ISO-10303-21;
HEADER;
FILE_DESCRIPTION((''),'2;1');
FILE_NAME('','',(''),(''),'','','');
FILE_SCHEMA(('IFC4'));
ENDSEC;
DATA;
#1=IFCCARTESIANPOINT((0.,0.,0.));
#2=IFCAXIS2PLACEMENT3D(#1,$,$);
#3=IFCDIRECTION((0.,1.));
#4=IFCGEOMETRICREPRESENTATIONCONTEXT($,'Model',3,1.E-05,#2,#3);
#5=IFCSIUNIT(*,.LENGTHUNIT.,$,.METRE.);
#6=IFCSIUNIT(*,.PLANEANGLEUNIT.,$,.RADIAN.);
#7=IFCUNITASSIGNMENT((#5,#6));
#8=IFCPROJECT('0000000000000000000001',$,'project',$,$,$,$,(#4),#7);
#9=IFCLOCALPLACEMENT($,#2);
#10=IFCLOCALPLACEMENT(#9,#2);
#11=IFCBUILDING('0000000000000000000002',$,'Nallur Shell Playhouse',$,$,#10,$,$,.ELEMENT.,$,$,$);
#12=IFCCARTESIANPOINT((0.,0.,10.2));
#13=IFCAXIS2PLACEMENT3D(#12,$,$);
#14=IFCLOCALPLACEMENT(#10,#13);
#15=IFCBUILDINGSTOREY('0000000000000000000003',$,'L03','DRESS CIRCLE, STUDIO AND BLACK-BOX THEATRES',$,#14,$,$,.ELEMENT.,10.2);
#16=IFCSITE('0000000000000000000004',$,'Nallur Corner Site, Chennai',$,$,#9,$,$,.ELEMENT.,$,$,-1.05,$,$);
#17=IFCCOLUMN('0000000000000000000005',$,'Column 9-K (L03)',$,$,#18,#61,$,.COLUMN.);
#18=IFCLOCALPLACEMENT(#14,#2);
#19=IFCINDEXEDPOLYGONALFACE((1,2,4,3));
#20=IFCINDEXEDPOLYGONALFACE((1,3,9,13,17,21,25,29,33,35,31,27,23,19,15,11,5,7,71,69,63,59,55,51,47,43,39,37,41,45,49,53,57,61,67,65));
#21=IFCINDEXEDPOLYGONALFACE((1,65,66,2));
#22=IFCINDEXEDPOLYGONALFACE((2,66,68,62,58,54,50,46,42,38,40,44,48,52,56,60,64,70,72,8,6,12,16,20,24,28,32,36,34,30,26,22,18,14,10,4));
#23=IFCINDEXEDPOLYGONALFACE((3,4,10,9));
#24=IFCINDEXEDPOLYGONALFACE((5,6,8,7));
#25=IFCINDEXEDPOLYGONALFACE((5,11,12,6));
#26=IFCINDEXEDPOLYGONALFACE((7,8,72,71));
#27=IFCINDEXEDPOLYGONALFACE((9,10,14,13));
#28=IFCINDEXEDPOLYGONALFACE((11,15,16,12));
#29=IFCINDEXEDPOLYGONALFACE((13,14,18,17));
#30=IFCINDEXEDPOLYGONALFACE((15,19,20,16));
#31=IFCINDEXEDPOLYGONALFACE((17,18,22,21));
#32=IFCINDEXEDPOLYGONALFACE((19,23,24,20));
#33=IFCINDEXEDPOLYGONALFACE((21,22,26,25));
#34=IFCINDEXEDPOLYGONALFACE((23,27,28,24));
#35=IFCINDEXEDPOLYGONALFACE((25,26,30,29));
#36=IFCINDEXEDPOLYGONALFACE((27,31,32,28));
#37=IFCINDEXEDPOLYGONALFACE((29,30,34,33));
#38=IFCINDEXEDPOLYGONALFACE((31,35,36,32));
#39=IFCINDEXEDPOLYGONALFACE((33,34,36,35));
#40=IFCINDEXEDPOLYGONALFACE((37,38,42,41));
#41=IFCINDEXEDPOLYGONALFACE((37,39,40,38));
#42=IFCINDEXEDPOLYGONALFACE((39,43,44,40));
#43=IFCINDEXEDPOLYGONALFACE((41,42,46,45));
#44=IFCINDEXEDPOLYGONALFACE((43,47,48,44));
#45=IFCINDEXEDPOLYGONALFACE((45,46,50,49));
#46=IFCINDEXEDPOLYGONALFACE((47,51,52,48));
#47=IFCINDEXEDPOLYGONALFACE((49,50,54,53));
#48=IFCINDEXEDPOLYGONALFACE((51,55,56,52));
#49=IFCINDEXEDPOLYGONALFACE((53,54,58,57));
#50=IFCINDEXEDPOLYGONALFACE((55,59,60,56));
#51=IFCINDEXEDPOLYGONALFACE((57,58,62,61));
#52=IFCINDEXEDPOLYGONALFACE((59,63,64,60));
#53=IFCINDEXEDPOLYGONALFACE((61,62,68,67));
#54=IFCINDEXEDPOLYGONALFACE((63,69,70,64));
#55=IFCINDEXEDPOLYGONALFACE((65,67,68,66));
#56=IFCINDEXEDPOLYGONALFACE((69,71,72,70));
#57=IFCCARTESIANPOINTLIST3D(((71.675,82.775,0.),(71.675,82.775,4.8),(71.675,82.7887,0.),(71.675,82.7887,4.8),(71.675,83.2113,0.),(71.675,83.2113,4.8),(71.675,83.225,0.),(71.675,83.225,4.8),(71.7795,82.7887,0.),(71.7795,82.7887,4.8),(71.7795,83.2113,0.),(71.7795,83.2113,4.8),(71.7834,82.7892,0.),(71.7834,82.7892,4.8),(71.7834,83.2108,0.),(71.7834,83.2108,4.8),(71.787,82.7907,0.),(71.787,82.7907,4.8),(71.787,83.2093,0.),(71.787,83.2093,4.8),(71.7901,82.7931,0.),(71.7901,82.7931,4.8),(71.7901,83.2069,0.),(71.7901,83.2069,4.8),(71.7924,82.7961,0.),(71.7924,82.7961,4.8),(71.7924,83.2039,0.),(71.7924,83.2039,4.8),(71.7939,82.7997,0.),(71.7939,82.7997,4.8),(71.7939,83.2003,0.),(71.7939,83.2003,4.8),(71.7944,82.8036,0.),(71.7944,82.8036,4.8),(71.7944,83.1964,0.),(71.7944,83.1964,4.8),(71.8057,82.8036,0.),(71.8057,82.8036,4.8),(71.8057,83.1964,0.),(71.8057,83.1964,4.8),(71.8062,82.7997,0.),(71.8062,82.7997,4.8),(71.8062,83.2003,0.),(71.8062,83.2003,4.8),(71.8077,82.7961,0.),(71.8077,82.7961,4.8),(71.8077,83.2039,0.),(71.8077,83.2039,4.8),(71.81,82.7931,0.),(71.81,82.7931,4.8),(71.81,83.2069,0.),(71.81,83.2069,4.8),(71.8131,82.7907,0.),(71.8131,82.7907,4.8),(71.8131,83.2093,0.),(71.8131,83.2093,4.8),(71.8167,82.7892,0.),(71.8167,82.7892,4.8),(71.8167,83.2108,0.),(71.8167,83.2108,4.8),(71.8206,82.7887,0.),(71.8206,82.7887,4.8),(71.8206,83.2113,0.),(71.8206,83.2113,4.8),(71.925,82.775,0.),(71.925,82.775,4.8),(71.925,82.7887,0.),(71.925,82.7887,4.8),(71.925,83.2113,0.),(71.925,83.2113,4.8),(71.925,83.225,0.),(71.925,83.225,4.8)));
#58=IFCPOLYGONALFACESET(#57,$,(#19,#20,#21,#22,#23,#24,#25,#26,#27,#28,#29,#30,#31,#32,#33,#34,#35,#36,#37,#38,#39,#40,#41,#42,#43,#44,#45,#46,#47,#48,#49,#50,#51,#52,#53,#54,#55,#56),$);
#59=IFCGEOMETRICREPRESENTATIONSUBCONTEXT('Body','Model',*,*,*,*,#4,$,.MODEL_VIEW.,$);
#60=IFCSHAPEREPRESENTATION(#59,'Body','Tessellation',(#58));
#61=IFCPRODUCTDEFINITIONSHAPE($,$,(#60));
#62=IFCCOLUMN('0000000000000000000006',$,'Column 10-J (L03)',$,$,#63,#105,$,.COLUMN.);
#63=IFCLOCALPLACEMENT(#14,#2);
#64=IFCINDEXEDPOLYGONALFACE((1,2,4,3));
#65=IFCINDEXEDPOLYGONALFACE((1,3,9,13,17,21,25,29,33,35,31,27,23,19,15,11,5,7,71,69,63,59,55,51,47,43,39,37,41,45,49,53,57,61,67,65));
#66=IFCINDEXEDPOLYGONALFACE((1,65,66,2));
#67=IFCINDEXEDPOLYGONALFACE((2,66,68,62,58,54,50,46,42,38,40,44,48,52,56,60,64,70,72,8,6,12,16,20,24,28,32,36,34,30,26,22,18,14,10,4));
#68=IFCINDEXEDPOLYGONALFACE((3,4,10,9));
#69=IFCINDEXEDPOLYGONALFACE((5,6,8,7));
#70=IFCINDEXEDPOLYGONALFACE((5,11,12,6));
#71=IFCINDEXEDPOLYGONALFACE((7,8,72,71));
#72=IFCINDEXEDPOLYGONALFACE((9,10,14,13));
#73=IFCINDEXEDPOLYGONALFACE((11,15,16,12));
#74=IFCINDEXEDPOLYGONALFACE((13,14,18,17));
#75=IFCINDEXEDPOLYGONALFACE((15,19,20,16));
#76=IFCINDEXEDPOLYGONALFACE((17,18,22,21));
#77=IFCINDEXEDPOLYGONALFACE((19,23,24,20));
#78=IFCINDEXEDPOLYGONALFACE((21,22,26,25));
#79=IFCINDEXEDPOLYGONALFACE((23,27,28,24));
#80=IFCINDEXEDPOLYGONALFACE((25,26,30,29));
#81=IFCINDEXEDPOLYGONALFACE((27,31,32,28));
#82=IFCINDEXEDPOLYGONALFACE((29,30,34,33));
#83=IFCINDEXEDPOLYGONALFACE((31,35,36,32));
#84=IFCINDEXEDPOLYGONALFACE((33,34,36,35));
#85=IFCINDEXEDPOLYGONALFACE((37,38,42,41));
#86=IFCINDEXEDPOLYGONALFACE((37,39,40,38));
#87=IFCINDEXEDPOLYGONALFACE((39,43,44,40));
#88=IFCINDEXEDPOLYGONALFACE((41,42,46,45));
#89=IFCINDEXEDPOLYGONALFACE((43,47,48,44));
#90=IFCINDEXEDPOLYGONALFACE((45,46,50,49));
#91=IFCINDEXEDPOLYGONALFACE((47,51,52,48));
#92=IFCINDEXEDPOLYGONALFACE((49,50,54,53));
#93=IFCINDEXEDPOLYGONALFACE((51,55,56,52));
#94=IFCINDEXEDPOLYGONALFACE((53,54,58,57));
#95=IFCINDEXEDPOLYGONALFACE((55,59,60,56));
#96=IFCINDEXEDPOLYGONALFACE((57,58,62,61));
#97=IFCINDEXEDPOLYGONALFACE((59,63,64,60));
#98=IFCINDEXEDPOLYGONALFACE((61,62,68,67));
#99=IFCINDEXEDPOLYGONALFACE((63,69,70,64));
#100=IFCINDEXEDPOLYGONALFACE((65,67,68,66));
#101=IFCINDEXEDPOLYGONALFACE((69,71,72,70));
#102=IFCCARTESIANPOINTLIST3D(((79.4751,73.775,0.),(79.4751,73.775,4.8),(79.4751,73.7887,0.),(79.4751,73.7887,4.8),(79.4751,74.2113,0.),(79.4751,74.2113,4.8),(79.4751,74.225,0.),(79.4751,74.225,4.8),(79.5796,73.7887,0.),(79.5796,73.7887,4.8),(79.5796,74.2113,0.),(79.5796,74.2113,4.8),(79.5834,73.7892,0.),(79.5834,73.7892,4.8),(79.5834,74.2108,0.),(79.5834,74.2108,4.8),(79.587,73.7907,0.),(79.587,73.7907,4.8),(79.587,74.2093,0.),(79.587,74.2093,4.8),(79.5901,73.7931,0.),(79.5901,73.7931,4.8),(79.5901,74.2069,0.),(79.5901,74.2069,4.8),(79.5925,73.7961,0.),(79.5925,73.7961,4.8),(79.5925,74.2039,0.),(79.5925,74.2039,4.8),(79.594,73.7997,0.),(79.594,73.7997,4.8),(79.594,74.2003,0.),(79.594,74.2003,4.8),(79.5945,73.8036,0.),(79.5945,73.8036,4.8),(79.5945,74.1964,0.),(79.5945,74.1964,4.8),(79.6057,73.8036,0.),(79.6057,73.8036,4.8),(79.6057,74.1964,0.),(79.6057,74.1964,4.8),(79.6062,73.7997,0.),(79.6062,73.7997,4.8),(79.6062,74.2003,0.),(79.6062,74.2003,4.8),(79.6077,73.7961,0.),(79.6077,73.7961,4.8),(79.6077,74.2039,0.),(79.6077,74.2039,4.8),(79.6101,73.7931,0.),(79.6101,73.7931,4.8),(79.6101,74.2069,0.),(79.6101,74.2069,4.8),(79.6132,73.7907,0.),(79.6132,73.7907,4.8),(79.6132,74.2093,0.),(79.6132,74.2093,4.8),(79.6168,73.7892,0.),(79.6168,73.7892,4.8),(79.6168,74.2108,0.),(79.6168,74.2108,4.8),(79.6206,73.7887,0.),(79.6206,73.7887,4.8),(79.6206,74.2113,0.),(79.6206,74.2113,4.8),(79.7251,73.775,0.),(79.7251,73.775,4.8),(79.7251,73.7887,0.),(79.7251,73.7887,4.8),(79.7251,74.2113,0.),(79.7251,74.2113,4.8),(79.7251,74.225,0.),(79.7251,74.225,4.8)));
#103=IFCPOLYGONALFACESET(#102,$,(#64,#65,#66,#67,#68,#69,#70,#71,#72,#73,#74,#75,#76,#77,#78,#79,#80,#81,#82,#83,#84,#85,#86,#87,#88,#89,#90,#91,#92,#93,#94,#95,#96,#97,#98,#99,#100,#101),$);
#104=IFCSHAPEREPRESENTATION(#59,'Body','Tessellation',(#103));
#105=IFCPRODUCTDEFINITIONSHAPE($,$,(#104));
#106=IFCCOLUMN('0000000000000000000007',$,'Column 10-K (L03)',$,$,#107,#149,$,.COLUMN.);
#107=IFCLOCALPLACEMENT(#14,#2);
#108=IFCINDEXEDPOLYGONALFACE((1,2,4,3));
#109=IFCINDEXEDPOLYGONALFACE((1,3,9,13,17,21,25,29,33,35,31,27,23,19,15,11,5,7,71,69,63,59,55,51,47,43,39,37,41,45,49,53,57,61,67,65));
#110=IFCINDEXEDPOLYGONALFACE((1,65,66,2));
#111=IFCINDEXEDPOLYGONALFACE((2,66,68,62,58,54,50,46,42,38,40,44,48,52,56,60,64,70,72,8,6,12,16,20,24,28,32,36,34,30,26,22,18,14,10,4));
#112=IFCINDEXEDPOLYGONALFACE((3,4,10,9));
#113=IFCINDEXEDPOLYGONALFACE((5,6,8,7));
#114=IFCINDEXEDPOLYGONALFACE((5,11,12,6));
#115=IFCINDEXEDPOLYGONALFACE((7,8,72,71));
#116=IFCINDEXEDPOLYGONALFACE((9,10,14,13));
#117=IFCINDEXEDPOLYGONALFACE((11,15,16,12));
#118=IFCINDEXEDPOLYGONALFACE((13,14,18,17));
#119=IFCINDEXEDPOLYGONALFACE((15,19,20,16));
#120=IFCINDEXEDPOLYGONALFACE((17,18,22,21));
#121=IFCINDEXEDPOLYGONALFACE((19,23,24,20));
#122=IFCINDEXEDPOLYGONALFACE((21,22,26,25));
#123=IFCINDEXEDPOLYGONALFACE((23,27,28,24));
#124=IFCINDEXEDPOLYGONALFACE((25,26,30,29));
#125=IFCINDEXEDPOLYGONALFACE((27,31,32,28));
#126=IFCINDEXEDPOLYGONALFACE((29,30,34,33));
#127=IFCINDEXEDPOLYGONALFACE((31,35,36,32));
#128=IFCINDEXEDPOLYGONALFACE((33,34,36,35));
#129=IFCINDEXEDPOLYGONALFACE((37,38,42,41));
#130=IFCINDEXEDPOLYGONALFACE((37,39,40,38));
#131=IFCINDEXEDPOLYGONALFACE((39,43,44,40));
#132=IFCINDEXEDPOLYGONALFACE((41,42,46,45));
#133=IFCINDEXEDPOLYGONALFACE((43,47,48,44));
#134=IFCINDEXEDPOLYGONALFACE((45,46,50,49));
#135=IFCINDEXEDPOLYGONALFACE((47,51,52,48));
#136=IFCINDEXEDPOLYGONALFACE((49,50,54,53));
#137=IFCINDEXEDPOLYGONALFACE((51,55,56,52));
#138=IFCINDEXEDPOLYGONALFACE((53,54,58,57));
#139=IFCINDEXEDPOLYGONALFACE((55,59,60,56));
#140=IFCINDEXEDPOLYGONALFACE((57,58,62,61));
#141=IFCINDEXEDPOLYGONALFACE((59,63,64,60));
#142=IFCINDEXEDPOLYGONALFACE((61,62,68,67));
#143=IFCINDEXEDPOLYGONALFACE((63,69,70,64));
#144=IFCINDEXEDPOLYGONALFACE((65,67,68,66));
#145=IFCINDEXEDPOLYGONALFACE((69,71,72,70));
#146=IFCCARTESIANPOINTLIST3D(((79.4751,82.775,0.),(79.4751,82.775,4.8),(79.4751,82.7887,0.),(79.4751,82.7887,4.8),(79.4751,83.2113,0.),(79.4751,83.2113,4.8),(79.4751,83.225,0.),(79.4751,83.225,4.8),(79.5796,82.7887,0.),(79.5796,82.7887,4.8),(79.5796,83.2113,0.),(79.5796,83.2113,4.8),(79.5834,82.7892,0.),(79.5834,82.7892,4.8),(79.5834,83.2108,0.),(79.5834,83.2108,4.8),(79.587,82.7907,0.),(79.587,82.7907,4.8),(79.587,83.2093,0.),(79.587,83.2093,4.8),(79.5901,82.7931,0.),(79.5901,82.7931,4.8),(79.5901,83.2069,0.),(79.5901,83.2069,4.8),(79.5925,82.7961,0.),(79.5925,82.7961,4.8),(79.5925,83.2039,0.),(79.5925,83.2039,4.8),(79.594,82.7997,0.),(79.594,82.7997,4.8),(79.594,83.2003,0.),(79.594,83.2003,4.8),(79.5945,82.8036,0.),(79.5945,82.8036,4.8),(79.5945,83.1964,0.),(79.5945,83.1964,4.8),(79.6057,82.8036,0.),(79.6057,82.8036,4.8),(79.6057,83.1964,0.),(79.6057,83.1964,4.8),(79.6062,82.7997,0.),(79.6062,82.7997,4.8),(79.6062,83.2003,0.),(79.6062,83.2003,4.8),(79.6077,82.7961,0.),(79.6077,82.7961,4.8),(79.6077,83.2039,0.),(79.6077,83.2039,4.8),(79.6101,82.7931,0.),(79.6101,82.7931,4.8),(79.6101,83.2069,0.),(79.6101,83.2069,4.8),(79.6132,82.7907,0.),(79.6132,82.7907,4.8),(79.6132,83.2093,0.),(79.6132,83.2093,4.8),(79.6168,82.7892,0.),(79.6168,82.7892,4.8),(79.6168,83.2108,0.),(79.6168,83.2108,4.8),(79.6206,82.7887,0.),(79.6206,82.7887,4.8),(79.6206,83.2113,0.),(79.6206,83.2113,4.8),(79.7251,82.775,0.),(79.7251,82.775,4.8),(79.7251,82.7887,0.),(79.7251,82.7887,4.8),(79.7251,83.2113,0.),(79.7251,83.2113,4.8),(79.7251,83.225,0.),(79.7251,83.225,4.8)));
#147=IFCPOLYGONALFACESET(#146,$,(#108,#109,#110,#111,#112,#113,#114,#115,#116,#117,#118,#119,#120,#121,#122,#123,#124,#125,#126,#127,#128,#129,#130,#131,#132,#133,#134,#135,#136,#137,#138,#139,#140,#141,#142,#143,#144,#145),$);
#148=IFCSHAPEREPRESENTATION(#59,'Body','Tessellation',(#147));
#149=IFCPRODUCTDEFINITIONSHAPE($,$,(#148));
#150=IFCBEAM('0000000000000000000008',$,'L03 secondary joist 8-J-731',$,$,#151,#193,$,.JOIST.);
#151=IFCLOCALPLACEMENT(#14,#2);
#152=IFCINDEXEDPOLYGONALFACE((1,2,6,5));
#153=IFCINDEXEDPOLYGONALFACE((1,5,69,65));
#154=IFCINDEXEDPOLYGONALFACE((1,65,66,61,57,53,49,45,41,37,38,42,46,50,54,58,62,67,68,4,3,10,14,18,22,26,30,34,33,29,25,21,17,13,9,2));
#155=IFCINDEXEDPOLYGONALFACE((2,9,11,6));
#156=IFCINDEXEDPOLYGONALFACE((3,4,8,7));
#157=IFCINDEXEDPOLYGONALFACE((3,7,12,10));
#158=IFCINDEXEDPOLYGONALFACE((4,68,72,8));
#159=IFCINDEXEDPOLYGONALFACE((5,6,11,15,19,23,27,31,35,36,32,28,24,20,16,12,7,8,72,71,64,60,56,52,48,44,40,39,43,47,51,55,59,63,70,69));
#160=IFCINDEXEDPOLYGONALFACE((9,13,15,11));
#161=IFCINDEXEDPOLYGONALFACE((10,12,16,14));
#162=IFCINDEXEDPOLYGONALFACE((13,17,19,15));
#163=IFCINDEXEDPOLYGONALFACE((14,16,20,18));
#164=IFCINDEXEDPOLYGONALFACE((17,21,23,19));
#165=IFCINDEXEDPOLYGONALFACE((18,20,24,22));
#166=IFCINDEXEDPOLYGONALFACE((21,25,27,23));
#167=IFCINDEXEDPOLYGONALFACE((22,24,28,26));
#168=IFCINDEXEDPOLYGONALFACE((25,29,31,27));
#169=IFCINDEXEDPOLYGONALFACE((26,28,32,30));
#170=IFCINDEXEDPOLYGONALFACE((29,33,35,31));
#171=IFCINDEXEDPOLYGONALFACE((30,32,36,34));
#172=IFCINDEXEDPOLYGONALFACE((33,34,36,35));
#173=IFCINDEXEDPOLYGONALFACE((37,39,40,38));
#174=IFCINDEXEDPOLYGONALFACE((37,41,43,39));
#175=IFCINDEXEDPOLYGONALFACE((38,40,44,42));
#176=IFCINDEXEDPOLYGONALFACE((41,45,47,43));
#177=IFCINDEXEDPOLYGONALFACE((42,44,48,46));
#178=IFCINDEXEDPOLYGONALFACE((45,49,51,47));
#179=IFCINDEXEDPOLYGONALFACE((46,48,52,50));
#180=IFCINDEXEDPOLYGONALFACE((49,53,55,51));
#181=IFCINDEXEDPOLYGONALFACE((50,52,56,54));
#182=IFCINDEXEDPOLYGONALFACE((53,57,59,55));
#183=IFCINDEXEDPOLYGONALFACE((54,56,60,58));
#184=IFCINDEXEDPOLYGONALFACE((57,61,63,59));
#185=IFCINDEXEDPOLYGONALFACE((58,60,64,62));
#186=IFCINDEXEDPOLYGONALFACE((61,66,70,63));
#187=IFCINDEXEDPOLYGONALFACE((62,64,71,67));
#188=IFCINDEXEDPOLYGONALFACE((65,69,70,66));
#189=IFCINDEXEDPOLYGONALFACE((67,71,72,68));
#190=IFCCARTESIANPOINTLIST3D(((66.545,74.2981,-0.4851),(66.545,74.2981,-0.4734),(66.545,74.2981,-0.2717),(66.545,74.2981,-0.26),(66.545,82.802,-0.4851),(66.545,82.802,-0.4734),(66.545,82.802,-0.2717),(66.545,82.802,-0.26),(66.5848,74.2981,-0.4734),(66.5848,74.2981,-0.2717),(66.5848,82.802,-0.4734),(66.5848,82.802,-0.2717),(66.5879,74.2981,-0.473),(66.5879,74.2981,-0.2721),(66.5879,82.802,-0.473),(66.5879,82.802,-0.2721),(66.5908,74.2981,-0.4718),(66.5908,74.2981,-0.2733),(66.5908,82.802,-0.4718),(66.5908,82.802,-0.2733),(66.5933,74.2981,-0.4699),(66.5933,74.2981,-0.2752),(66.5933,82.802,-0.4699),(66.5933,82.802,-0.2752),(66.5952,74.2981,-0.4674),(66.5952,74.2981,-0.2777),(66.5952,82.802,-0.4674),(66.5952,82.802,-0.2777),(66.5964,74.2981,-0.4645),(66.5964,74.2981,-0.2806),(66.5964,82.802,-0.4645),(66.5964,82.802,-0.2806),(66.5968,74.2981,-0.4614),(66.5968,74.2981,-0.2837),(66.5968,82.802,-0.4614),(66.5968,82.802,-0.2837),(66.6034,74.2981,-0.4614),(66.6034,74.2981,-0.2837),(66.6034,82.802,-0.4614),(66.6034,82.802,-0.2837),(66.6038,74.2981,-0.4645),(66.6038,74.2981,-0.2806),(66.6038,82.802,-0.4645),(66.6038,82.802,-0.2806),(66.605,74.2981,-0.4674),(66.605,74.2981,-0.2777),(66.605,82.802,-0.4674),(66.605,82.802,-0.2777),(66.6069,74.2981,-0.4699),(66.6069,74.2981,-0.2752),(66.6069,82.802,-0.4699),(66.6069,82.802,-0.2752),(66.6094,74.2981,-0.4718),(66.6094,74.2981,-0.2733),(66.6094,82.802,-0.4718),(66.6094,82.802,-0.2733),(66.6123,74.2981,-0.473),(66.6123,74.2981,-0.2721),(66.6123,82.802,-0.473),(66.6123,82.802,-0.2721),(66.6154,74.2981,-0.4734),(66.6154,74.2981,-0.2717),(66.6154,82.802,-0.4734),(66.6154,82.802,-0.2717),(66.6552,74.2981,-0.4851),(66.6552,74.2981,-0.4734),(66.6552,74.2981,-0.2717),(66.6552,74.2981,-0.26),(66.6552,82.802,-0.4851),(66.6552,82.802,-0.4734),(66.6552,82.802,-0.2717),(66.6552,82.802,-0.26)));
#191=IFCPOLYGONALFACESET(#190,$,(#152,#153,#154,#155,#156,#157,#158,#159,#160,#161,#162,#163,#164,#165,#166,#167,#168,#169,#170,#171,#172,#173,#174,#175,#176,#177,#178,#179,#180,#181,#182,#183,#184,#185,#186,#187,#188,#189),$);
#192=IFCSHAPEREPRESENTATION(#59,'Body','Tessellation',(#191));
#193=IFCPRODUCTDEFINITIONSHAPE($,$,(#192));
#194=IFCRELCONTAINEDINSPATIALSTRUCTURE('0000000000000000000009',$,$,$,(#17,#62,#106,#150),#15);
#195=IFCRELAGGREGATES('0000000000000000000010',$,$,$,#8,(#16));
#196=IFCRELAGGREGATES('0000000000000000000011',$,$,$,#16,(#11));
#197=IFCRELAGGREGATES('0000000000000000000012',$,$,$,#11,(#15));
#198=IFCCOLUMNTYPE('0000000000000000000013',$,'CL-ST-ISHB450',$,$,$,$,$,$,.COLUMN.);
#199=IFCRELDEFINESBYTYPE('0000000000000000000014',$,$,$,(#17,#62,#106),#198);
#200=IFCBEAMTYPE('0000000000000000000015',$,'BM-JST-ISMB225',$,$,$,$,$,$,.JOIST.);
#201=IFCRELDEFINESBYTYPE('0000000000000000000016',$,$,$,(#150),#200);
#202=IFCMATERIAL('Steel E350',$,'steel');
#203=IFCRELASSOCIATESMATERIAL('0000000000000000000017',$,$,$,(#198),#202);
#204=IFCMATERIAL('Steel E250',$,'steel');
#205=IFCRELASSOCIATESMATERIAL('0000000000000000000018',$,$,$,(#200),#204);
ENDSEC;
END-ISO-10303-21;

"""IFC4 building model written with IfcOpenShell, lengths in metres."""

from ifc_helpers import new_model, si_unit, direction, frame, origin, origin_2d, place, context, subcontext, project, spatial, i_section, extrude, material, material_profile, profile_set, type_object, element, save


model = new_model("IFC4")

# Units and contexts
model_context = context("Model", 3, precision=1e-05, world=origin(), true_north=direction((0.0, 1.0)))
body_context = subcontext(model_context, "Body", "Model", "MODEL_VIEW")
ifc_project = project(units=[si_unit("LENGTHUNIT", "METRE"), si_unit("PLANEANGLEUNIT", "RADIAN")], contexts=[model_context])

# Site, building, storey
site_placement = place(None, origin())
site = spatial("IfcSite", under=ifc_project, at=site_placement, Name="Nallur Corner Site, Chennai", CompositionType="ELEMENT", RefElevation=-1.05)
building_placement = place(site_placement, origin())
building = spatial("IfcBuilding", under=site, at=building_placement, Name="Nallur Shell Playhouse", CompositionType="ELEMENT")
storey_placement = place(building_placement, frame((0.0, 0.0, 10.2)))
storey = spatial("IfcBuildingStorey", under=building, at=storey_placement, Name="L03", Description="DRESS CIRCLE, STUDIO AND BLACK-BOX THEATRES", CompositionType="ELEMENT", Elevation=10.2)

# Columns
ifc_material_1 = material(Name="Steel E350", Category="steel")
ifc_material_profile_1 = material_profile(ifc_material_1, i_section(OverallWidth=0.25, OverallDepth=0.45, WebThickness=0.0112, FlangeThickness=0.0137, FilletRadius=0.0149, at=origin_2d()), Name="ISHB 450")
ifc_profile_set_1 = profile_set([ifc_material_profile_1], Name="Steel E350")
column_type_1 = type_object("IfcColumnType", Name="CL-ST-ISHB450", PredefinedType="COLUMN", material=ifc_profile_set_1)
for number, where, z_axis, x_axis, name in (
    (1, (71.8, 83.0, 0.0), (0.0, 0.0, 1.0), (1.0, 0.0, 0.0), "Column 9-K (L03)"),
    (2, (79.6001, 74.0, 0.0), (0.0, 0.0, 1.0), (1.0, 0.0, 0.0), "Column 10-J (L03)"),
    (3, (79.6001, 83.0, 0.0), (0.0, 0.0, 1.0), (1.0, 0.0, 0.0), "Column 10-K (L03)"),
):
    element("IfcColumn", number, at=place(storey_placement, frame(where, z_axis=z_axis, x_axis=x_axis)), inside=storey, type_object=column_type_1, Name=name, PredefinedType="COLUMN", context=body_context, shape_type="SweptSolid", body=[
        extrude(i_section(OverallWidth=0.25, OverallDepth=0.45, WebThickness=0.0112, FlangeThickness=0.0137, FilletRadius=0.0149, at=origin_2d()), origin(), (0.0, 0.0, 1.0), 4.8),
    ])

# Beam
ifc_material_2 = material(Name="Steel E250", Category="steel")
ifc_material_profile_2 = material_profile(ifc_material_2, i_section(OverallWidth=0.1101, OverallDepth=0.2251, WebThickness=0.0066, FlangeThickness=0.0117, FilletRadius=0.012, at=origin_2d()), Name="ISMB 225")
ifc_profile_set_2 = profile_set([ifc_material_profile_2], Name="Steel E250")
beam_type_1 = type_object("IfcBeamType", Name="BM-JST-ISMB225", PredefinedType="JOIST", material=ifc_profile_set_2)
beam_1_placement = place(storey_placement, frame((66.6001, 74.2981, -0.3726), z_axis=(0.0, 1.0, 0.0), x_axis=(-1.0, 0.0, 0.0)))
element("IfcBeam", 4, at=beam_1_placement, inside=storey, type_object=beam_type_1, Name="L03 secondary joist 8-J-731", PredefinedType="JOIST", context=body_context, shape_type="SweptSolid", body=[
    extrude(i_section(OverallWidth=0.1101, OverallDepth=0.2251, WebThickness=0.0066, FlangeThickness=0.0117, FilletRadius=0.012, at=origin_2d()), origin(), (0.0, 0.0, 1.0), 8.5039),
])

save(model, "model.ifc")
